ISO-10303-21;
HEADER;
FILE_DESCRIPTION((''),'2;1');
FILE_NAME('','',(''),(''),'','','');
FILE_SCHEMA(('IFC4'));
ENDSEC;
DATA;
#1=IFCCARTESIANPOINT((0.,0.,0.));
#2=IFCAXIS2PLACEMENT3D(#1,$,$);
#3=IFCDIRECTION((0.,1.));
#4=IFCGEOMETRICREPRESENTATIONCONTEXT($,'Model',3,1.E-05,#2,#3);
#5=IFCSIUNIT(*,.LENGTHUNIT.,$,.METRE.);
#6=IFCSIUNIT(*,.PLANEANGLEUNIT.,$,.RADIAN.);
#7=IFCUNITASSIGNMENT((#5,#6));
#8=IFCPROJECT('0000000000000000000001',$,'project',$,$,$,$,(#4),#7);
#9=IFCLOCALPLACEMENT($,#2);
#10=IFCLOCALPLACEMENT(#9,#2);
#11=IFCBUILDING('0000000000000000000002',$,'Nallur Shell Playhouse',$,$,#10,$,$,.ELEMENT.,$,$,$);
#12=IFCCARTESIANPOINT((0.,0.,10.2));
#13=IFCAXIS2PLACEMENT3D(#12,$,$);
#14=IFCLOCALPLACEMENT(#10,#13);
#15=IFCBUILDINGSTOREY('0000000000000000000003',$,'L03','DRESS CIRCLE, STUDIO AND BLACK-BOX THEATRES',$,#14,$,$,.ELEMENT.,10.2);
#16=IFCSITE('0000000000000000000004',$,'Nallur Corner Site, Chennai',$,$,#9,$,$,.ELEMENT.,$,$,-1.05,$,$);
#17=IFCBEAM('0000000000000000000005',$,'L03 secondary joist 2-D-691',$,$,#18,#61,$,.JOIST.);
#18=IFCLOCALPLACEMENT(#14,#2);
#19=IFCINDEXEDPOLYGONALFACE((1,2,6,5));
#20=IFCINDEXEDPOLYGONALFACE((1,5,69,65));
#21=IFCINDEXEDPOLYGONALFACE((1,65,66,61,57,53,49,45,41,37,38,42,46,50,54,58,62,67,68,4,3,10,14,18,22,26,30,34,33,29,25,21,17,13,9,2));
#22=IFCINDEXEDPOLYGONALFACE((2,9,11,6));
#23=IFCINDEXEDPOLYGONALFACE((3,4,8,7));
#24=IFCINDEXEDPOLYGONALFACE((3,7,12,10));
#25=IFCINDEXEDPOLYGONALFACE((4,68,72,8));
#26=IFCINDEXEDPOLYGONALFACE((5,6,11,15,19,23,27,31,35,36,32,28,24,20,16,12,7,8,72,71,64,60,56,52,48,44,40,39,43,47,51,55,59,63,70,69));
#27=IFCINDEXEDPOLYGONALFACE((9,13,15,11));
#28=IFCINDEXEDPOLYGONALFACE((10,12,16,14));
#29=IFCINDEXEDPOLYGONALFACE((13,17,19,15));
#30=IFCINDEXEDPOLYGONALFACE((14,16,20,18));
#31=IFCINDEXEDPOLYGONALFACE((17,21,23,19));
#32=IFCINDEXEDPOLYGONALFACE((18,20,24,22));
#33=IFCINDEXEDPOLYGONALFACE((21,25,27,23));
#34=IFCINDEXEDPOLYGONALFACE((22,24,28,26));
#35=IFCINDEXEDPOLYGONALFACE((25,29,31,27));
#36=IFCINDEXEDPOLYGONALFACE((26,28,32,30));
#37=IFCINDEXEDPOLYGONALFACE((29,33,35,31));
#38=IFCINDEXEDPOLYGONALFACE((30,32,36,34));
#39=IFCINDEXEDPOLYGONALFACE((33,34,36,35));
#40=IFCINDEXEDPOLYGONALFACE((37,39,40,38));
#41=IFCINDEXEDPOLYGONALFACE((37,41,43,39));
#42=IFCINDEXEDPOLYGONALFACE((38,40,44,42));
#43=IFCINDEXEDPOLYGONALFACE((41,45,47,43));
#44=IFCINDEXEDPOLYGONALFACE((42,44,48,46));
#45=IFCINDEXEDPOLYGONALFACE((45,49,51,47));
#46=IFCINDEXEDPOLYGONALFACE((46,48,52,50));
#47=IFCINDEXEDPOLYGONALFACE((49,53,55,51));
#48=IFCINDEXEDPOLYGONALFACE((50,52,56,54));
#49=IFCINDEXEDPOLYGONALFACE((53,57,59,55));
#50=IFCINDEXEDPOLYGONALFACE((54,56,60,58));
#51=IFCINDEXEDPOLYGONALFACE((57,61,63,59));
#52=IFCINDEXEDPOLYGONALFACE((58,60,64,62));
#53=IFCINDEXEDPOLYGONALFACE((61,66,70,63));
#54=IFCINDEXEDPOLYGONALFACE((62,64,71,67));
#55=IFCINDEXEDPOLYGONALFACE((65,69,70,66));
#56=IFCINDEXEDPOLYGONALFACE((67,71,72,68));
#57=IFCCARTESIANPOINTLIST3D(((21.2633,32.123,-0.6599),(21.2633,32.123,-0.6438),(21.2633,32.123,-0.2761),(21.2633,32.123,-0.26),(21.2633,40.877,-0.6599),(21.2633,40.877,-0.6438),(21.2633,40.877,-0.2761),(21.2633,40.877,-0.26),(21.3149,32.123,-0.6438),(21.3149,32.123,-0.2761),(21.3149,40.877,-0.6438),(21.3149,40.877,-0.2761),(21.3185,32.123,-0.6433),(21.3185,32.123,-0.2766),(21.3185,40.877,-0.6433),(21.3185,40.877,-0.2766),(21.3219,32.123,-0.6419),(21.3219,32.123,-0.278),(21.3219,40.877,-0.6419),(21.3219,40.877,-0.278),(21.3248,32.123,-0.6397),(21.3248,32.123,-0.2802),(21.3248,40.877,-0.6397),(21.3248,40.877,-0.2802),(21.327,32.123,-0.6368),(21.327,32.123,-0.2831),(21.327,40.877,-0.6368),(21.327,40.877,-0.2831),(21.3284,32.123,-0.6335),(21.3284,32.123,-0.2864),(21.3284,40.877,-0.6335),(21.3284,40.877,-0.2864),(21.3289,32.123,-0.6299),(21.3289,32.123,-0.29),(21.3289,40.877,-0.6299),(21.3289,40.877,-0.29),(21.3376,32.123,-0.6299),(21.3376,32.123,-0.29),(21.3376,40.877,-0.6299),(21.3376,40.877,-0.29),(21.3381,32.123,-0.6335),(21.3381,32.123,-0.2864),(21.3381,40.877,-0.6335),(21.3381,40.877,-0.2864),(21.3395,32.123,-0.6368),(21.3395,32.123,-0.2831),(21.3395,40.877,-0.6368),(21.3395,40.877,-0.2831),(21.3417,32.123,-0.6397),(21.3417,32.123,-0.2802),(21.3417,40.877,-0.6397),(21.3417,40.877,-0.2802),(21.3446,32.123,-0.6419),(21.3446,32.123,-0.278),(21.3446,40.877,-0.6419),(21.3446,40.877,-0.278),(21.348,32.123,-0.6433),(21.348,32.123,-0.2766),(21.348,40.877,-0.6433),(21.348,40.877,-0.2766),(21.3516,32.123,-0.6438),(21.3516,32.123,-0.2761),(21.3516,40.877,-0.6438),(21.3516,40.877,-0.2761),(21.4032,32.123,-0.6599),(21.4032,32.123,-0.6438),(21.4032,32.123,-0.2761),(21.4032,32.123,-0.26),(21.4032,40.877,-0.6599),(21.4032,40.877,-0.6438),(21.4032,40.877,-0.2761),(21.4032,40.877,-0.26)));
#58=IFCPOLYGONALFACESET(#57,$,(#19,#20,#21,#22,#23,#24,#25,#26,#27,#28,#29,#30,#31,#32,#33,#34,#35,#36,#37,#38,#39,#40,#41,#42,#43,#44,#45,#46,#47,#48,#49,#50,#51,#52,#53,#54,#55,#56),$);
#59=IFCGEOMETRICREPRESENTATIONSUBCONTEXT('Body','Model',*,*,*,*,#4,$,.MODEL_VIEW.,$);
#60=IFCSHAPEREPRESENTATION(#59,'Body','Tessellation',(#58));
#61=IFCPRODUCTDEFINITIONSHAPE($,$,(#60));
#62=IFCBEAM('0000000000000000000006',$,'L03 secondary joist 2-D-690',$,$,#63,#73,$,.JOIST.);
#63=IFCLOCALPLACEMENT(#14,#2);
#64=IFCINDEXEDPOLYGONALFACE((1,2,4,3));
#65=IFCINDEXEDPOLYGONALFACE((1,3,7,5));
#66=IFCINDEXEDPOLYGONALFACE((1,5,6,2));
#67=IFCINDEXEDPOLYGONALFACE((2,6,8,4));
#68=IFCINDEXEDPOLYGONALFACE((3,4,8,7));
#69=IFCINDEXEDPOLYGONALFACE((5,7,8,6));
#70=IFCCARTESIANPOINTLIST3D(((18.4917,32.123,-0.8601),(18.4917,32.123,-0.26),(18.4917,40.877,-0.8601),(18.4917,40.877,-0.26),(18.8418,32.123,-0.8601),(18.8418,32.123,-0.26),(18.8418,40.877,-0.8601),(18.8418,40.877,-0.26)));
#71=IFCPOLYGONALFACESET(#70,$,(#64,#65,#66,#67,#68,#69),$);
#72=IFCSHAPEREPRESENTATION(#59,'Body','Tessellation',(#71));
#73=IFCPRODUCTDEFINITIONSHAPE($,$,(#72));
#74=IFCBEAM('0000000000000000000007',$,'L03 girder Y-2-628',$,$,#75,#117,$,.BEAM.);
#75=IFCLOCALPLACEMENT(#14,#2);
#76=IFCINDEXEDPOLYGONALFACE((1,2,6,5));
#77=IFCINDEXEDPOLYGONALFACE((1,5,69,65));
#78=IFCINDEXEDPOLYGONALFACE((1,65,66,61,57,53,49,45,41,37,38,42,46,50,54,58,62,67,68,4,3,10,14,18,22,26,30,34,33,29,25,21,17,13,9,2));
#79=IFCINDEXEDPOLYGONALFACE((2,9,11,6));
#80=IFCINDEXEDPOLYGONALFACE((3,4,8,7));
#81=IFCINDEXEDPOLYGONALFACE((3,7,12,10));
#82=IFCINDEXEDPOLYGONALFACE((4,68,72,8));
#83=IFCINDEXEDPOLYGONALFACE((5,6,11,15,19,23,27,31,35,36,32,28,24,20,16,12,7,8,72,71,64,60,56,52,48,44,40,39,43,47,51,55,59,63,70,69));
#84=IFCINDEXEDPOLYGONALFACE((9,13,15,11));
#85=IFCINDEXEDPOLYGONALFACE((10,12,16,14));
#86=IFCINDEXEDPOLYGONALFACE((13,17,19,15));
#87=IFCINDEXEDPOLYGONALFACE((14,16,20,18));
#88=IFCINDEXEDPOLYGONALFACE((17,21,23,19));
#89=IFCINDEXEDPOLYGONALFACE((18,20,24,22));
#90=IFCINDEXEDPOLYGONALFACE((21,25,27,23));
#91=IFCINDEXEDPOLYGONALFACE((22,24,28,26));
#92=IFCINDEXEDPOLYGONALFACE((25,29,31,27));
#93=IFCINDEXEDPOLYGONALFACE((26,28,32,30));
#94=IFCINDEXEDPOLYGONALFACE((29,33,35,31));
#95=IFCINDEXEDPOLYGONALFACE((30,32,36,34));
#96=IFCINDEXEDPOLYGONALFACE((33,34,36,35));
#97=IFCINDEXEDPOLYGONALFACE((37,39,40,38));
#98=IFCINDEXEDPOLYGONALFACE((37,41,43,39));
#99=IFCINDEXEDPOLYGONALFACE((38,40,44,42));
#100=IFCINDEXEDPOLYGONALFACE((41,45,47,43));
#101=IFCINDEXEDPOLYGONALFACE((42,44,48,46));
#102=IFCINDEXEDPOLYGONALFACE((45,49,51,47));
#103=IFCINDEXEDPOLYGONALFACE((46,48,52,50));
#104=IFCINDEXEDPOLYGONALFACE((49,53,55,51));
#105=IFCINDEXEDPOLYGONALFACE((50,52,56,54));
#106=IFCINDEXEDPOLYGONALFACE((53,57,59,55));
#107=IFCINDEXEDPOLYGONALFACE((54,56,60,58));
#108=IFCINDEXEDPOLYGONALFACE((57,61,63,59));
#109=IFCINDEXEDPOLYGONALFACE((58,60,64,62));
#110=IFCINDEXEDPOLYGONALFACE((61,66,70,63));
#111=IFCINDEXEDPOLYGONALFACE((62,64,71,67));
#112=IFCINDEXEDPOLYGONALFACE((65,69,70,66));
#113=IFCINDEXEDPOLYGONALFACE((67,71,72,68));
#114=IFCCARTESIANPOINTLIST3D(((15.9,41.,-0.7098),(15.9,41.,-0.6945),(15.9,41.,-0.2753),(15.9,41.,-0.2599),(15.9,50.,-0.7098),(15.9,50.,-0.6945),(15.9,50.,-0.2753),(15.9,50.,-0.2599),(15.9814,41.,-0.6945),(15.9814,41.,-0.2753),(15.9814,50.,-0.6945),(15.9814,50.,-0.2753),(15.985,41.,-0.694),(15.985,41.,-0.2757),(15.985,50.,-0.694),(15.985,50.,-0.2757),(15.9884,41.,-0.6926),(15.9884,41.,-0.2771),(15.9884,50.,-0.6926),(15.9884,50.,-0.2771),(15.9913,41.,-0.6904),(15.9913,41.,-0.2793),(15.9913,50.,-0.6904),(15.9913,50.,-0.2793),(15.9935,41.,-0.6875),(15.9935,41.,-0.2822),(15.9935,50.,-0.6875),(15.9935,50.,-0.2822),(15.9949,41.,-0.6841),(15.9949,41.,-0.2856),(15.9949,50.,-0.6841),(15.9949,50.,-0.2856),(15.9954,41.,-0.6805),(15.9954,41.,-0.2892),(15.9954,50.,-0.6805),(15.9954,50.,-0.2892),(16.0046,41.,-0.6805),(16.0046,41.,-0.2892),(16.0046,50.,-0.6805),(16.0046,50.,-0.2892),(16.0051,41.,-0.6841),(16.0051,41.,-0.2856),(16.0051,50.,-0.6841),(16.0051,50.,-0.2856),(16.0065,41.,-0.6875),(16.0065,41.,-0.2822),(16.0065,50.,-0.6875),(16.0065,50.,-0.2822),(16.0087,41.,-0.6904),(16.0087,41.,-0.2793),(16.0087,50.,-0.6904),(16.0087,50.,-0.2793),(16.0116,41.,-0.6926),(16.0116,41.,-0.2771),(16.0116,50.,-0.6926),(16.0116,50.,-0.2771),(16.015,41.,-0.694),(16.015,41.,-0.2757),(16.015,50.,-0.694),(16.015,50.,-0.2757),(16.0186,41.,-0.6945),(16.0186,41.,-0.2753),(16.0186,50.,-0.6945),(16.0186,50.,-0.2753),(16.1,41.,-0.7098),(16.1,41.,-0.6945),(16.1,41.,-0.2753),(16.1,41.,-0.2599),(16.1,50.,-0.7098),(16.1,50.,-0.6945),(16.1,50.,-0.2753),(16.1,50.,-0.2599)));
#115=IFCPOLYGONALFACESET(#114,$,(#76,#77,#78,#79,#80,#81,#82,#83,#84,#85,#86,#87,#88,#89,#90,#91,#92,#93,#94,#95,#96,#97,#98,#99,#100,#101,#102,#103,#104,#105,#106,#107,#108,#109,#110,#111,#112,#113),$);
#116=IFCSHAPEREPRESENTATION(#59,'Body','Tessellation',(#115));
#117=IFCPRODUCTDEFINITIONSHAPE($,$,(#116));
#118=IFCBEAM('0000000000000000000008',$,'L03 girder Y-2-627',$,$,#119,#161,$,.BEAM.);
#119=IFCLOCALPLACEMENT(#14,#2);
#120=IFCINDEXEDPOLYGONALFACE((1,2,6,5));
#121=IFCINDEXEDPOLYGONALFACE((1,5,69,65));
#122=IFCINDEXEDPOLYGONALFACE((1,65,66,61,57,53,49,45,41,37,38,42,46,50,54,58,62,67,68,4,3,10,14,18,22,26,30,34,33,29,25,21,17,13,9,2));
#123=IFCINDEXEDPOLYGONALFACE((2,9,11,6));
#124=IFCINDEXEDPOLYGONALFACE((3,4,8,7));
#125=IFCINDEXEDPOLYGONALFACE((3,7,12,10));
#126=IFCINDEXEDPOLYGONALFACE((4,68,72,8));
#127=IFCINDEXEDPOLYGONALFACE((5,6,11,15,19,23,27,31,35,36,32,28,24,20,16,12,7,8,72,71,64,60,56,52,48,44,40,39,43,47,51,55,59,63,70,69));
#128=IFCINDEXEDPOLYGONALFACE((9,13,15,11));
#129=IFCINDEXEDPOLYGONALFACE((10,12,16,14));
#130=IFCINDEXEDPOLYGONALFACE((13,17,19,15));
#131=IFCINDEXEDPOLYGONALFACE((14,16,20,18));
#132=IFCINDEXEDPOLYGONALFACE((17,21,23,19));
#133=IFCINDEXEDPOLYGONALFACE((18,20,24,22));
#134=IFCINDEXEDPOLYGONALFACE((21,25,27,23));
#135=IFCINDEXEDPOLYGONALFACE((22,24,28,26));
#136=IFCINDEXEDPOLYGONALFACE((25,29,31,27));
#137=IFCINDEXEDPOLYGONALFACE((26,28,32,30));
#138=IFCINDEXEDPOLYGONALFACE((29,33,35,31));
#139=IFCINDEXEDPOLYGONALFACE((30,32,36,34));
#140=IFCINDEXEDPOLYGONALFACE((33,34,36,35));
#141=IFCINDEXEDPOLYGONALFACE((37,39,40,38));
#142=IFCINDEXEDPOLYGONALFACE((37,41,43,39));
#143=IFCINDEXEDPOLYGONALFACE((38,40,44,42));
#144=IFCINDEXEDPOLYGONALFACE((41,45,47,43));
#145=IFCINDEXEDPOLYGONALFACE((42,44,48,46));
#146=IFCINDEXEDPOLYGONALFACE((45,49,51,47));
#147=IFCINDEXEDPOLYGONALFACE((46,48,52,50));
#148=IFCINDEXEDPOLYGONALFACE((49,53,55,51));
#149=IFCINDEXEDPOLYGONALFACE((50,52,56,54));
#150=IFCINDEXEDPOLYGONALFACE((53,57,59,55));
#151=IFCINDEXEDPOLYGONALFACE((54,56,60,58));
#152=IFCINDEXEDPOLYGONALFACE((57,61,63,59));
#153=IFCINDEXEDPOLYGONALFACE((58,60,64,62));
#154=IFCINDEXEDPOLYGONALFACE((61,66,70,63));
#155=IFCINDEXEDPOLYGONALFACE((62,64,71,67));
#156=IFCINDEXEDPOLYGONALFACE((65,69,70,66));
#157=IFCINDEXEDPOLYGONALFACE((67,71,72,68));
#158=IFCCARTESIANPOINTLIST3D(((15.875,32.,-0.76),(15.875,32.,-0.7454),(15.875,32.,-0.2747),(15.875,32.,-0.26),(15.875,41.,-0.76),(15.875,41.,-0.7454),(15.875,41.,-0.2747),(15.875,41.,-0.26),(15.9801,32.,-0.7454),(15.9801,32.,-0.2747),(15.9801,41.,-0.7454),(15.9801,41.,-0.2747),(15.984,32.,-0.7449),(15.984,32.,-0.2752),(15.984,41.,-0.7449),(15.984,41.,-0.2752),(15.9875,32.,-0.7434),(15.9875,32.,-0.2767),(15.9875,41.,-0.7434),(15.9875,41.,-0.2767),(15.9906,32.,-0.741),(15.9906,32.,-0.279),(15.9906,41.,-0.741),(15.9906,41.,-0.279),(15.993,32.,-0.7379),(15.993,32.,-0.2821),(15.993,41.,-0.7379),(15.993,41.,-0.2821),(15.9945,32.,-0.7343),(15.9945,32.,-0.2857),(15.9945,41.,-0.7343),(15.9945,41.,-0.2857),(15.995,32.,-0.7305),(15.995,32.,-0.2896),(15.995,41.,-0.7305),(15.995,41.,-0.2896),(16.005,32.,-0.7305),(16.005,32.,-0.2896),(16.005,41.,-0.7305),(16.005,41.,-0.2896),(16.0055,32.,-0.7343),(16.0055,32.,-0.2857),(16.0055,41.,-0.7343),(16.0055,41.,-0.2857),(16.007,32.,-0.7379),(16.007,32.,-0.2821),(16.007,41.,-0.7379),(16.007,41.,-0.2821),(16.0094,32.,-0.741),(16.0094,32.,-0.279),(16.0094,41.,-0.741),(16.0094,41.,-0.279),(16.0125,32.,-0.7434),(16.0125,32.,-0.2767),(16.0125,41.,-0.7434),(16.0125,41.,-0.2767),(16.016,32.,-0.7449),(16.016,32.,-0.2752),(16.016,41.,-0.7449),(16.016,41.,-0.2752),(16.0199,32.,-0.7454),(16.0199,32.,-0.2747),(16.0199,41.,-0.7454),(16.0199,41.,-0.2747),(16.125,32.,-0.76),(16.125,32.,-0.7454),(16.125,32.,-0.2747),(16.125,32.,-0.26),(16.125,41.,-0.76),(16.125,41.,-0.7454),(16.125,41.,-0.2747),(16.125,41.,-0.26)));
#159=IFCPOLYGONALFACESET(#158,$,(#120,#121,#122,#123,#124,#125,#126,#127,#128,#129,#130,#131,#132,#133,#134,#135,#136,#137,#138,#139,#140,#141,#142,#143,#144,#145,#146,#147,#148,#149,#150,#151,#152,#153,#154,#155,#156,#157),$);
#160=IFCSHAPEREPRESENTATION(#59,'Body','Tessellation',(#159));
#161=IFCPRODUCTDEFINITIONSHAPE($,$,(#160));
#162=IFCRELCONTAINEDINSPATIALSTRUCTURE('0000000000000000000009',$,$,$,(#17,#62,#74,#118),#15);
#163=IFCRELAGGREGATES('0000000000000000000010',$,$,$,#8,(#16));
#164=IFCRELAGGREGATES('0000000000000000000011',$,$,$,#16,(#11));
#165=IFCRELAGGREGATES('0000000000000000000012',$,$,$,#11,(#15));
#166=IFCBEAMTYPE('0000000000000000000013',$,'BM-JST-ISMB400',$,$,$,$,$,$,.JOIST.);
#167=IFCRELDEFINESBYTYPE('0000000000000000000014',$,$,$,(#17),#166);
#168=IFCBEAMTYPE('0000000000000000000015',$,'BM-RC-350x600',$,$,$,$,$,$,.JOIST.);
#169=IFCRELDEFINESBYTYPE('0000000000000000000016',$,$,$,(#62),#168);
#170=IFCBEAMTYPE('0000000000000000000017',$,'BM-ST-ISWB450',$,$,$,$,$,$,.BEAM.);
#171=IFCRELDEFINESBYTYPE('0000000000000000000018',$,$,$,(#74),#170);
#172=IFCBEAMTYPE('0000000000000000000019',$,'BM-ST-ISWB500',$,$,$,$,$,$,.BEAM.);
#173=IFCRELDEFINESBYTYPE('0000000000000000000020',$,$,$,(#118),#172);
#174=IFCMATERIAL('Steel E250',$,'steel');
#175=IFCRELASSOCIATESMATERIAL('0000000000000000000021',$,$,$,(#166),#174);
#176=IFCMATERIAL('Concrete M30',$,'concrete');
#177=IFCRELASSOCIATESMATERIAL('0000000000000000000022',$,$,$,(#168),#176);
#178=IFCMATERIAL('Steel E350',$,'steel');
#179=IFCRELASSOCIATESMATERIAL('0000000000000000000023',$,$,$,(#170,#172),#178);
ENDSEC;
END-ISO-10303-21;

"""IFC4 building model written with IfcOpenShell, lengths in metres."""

from ifc_helpers import new_model, si_unit, direction, frame, origin, origin_2d, place, context, subcontext, project, spatial, rectangle, i_section, extrude, material, material_profile, profile_set, type_object, element, save


model = new_model("IFC4")

# Units and contexts
model_context = context("Model", 3, precision=1e-05, world=origin(), true_north=direction((0.0, 1.0)))
body_context = subcontext(model_context, "Body", "Model", "MODEL_VIEW")
ifc_project = project(units=[si_unit("LENGTHUNIT", "METRE"), si_unit("PLANEANGLEUNIT", "RADIAN")], contexts=[model_context])

# Site, building, storey
site_placement = place(None, origin())
site = spatial("IfcSite", under=ifc_project, at=site_placement, Name="Nallur Corner Site, Chennai", CompositionType="ELEMENT", RefElevation=-1.05)
building_placement = place(site_placement, origin())
building = spatial("IfcBuilding", under=site, at=building_placement, Name="Nallur Shell Playhouse", CompositionType="ELEMENT")
storey_placement = place(building_placement, frame((0.0, 0.0, 10.2)))
storey = spatial("IfcBuildingStorey", under=building, at=storey_placement, Name="L03", Description="DRESS CIRCLE, STUDIO AND BLACK-BOX THEATRES", CompositionType="ELEMENT", Elevation=10.2)

# Beams
ifc_material_1 = material(Name="Steel E250", Category="steel")
ifc_material_profile_1 = material_profile(ifc_material_1, i_section(OverallWidth=0.1399, OverallDepth=0.3999, WebThickness=0.0088, FlangeThickness=0.0161, FilletRadius=0.0139, at=origin_2d()), Name="ISMB 400")
ifc_profile_set_1 = profile_set([ifc_material_profile_1], Name="Steel E250")
beam_type_1 = type_object("IfcBeamType", Name="BM-JST-ISMB400", PredefinedType="JOIST", material=ifc_profile_set_1)
beam_1_placement = place(storey_placement, frame((21.3333, 32.123, -0.46), z_axis=(0.0, 1.0, 0.0), x_axis=(-1.0, 0.0, 0.0)))
element("IfcBeam", 1, at=beam_1_placement, inside=storey, type_object=beam_type_1, Name="L03 secondary joist 2-D-691", PredefinedType="JOIST", context=body_context, shape_type="SweptSolid", body=[
    extrude(i_section(OverallWidth=0.1399, OverallDepth=0.3999, WebThickness=0.0088, FlangeThickness=0.0161, FilletRadius=0.0139, at=origin_2d()), origin(), (0.0, 0.0, 1.0), 8.7539),
])
ifc_material_2 = material(Name="Concrete M30", Category="concrete")
ifc_material_profile_2 = material_profile(ifc_material_2, rectangle(XDim=0.3501, YDim=0.6001, at=origin_2d()), Name="RC 350x600")
ifc_profile_set_2 = profile_set([ifc_material_profile_2], Name="Concrete M30")
beam_type_2 = type_object("IfcBeamType", Name="BM-RC-350x600", PredefinedType="JOIST", material=ifc_profile_set_2)
beam_2_placement = place(storey_placement, frame((18.6667, 32.123, -0.5601), z_axis=(0.0, 1.0, 0.0), x_axis=(-1.0, 0.0, 0.0)))
element("IfcBeam", 2, at=beam_2_placement, inside=storey, type_object=beam_type_2, Name="L03 secondary joist 2-D-690", PredefinedType="JOIST", context=body_context, shape_type="SweptSolid", body=[
    extrude(rectangle(XDim=0.3501, YDim=0.6001, at=origin_2d()), origin(), (0.0, 0.0, 1.0), 8.7539),
])
ifc_material_3 = material(Name="Steel E350", Category="steel")
ifc_material_profile_3 = material_profile(ifc_material_3, i_section(OverallWidth=0.2, OverallDepth=0.45, WebThickness=0.0093, FlangeThickness=0.0154, FilletRadius=0.0139, at=origin_2d()), Name="ISWB 450")
ifc_profile_set_3 = profile_set([ifc_material_profile_3], Name="Steel E350")
beam_type_3 = type_object("IfcBeamType", Name="BM-ST-ISWB450", PredefinedType="BEAM", material=ifc_profile_set_3)
beam_3_placement = place(storey_placement, frame((16.0, 41.0, -0.4849), z_axis=(0.0, 1.0, 0.0), x_axis=(-1.0, 0.0, 0.0)))
element("IfcBeam", 3, at=beam_3_placement, inside=storey, type_object=beam_type_3, Name="L03 girder Y-2-628", PredefinedType="BEAM", context=body_context, shape_type="SweptSolid", body=[
    extrude(i_section(OverallWidth=0.2, OverallDepth=0.45, WebThickness=0.0093, FlangeThickness=0.0154, FilletRadius=0.0139, at=origin_2d()), origin(), (0.0, 0.0, 1.0), 9.0),
])
ifc_material_profile_4 = material_profile(ifc_material_3, i_section(OverallWidth=0.25, OverallDepth=0.5, WebThickness=0.01, FlangeThickness=0.0146, FilletRadius=0.0149, at=origin_2d()), Name="ISWB 500")
ifc_profile_set_4 = profile_set([ifc_material_profile_4], Name="Steel E350")
beam_type_4 = type_object("IfcBeamType", Name="BM-ST-ISWB500", PredefinedType="BEAM", material=ifc_profile_set_4)
beam_4_placement = place(storey_placement, frame((16.0, 32.0, -0.51), z_axis=(0.0, 1.0, 0.0), x_axis=(-1.0, 0.0, 0.0)))
element("IfcBeam", 4, at=beam_4_placement, inside=storey, type_object=beam_type_4, Name="L03 girder Y-2-627", PredefinedType="BEAM", context=body_context, shape_type="SweptSolid", body=[
    extrude(i_section(OverallWidth=0.25, OverallDepth=0.5, WebThickness=0.01, FlangeThickness=0.0146, FilletRadius=0.0149, at=origin_2d()), origin(), (0.0, 0.0, 1.0), 9.0),
])

save(model, "model.ifc")
